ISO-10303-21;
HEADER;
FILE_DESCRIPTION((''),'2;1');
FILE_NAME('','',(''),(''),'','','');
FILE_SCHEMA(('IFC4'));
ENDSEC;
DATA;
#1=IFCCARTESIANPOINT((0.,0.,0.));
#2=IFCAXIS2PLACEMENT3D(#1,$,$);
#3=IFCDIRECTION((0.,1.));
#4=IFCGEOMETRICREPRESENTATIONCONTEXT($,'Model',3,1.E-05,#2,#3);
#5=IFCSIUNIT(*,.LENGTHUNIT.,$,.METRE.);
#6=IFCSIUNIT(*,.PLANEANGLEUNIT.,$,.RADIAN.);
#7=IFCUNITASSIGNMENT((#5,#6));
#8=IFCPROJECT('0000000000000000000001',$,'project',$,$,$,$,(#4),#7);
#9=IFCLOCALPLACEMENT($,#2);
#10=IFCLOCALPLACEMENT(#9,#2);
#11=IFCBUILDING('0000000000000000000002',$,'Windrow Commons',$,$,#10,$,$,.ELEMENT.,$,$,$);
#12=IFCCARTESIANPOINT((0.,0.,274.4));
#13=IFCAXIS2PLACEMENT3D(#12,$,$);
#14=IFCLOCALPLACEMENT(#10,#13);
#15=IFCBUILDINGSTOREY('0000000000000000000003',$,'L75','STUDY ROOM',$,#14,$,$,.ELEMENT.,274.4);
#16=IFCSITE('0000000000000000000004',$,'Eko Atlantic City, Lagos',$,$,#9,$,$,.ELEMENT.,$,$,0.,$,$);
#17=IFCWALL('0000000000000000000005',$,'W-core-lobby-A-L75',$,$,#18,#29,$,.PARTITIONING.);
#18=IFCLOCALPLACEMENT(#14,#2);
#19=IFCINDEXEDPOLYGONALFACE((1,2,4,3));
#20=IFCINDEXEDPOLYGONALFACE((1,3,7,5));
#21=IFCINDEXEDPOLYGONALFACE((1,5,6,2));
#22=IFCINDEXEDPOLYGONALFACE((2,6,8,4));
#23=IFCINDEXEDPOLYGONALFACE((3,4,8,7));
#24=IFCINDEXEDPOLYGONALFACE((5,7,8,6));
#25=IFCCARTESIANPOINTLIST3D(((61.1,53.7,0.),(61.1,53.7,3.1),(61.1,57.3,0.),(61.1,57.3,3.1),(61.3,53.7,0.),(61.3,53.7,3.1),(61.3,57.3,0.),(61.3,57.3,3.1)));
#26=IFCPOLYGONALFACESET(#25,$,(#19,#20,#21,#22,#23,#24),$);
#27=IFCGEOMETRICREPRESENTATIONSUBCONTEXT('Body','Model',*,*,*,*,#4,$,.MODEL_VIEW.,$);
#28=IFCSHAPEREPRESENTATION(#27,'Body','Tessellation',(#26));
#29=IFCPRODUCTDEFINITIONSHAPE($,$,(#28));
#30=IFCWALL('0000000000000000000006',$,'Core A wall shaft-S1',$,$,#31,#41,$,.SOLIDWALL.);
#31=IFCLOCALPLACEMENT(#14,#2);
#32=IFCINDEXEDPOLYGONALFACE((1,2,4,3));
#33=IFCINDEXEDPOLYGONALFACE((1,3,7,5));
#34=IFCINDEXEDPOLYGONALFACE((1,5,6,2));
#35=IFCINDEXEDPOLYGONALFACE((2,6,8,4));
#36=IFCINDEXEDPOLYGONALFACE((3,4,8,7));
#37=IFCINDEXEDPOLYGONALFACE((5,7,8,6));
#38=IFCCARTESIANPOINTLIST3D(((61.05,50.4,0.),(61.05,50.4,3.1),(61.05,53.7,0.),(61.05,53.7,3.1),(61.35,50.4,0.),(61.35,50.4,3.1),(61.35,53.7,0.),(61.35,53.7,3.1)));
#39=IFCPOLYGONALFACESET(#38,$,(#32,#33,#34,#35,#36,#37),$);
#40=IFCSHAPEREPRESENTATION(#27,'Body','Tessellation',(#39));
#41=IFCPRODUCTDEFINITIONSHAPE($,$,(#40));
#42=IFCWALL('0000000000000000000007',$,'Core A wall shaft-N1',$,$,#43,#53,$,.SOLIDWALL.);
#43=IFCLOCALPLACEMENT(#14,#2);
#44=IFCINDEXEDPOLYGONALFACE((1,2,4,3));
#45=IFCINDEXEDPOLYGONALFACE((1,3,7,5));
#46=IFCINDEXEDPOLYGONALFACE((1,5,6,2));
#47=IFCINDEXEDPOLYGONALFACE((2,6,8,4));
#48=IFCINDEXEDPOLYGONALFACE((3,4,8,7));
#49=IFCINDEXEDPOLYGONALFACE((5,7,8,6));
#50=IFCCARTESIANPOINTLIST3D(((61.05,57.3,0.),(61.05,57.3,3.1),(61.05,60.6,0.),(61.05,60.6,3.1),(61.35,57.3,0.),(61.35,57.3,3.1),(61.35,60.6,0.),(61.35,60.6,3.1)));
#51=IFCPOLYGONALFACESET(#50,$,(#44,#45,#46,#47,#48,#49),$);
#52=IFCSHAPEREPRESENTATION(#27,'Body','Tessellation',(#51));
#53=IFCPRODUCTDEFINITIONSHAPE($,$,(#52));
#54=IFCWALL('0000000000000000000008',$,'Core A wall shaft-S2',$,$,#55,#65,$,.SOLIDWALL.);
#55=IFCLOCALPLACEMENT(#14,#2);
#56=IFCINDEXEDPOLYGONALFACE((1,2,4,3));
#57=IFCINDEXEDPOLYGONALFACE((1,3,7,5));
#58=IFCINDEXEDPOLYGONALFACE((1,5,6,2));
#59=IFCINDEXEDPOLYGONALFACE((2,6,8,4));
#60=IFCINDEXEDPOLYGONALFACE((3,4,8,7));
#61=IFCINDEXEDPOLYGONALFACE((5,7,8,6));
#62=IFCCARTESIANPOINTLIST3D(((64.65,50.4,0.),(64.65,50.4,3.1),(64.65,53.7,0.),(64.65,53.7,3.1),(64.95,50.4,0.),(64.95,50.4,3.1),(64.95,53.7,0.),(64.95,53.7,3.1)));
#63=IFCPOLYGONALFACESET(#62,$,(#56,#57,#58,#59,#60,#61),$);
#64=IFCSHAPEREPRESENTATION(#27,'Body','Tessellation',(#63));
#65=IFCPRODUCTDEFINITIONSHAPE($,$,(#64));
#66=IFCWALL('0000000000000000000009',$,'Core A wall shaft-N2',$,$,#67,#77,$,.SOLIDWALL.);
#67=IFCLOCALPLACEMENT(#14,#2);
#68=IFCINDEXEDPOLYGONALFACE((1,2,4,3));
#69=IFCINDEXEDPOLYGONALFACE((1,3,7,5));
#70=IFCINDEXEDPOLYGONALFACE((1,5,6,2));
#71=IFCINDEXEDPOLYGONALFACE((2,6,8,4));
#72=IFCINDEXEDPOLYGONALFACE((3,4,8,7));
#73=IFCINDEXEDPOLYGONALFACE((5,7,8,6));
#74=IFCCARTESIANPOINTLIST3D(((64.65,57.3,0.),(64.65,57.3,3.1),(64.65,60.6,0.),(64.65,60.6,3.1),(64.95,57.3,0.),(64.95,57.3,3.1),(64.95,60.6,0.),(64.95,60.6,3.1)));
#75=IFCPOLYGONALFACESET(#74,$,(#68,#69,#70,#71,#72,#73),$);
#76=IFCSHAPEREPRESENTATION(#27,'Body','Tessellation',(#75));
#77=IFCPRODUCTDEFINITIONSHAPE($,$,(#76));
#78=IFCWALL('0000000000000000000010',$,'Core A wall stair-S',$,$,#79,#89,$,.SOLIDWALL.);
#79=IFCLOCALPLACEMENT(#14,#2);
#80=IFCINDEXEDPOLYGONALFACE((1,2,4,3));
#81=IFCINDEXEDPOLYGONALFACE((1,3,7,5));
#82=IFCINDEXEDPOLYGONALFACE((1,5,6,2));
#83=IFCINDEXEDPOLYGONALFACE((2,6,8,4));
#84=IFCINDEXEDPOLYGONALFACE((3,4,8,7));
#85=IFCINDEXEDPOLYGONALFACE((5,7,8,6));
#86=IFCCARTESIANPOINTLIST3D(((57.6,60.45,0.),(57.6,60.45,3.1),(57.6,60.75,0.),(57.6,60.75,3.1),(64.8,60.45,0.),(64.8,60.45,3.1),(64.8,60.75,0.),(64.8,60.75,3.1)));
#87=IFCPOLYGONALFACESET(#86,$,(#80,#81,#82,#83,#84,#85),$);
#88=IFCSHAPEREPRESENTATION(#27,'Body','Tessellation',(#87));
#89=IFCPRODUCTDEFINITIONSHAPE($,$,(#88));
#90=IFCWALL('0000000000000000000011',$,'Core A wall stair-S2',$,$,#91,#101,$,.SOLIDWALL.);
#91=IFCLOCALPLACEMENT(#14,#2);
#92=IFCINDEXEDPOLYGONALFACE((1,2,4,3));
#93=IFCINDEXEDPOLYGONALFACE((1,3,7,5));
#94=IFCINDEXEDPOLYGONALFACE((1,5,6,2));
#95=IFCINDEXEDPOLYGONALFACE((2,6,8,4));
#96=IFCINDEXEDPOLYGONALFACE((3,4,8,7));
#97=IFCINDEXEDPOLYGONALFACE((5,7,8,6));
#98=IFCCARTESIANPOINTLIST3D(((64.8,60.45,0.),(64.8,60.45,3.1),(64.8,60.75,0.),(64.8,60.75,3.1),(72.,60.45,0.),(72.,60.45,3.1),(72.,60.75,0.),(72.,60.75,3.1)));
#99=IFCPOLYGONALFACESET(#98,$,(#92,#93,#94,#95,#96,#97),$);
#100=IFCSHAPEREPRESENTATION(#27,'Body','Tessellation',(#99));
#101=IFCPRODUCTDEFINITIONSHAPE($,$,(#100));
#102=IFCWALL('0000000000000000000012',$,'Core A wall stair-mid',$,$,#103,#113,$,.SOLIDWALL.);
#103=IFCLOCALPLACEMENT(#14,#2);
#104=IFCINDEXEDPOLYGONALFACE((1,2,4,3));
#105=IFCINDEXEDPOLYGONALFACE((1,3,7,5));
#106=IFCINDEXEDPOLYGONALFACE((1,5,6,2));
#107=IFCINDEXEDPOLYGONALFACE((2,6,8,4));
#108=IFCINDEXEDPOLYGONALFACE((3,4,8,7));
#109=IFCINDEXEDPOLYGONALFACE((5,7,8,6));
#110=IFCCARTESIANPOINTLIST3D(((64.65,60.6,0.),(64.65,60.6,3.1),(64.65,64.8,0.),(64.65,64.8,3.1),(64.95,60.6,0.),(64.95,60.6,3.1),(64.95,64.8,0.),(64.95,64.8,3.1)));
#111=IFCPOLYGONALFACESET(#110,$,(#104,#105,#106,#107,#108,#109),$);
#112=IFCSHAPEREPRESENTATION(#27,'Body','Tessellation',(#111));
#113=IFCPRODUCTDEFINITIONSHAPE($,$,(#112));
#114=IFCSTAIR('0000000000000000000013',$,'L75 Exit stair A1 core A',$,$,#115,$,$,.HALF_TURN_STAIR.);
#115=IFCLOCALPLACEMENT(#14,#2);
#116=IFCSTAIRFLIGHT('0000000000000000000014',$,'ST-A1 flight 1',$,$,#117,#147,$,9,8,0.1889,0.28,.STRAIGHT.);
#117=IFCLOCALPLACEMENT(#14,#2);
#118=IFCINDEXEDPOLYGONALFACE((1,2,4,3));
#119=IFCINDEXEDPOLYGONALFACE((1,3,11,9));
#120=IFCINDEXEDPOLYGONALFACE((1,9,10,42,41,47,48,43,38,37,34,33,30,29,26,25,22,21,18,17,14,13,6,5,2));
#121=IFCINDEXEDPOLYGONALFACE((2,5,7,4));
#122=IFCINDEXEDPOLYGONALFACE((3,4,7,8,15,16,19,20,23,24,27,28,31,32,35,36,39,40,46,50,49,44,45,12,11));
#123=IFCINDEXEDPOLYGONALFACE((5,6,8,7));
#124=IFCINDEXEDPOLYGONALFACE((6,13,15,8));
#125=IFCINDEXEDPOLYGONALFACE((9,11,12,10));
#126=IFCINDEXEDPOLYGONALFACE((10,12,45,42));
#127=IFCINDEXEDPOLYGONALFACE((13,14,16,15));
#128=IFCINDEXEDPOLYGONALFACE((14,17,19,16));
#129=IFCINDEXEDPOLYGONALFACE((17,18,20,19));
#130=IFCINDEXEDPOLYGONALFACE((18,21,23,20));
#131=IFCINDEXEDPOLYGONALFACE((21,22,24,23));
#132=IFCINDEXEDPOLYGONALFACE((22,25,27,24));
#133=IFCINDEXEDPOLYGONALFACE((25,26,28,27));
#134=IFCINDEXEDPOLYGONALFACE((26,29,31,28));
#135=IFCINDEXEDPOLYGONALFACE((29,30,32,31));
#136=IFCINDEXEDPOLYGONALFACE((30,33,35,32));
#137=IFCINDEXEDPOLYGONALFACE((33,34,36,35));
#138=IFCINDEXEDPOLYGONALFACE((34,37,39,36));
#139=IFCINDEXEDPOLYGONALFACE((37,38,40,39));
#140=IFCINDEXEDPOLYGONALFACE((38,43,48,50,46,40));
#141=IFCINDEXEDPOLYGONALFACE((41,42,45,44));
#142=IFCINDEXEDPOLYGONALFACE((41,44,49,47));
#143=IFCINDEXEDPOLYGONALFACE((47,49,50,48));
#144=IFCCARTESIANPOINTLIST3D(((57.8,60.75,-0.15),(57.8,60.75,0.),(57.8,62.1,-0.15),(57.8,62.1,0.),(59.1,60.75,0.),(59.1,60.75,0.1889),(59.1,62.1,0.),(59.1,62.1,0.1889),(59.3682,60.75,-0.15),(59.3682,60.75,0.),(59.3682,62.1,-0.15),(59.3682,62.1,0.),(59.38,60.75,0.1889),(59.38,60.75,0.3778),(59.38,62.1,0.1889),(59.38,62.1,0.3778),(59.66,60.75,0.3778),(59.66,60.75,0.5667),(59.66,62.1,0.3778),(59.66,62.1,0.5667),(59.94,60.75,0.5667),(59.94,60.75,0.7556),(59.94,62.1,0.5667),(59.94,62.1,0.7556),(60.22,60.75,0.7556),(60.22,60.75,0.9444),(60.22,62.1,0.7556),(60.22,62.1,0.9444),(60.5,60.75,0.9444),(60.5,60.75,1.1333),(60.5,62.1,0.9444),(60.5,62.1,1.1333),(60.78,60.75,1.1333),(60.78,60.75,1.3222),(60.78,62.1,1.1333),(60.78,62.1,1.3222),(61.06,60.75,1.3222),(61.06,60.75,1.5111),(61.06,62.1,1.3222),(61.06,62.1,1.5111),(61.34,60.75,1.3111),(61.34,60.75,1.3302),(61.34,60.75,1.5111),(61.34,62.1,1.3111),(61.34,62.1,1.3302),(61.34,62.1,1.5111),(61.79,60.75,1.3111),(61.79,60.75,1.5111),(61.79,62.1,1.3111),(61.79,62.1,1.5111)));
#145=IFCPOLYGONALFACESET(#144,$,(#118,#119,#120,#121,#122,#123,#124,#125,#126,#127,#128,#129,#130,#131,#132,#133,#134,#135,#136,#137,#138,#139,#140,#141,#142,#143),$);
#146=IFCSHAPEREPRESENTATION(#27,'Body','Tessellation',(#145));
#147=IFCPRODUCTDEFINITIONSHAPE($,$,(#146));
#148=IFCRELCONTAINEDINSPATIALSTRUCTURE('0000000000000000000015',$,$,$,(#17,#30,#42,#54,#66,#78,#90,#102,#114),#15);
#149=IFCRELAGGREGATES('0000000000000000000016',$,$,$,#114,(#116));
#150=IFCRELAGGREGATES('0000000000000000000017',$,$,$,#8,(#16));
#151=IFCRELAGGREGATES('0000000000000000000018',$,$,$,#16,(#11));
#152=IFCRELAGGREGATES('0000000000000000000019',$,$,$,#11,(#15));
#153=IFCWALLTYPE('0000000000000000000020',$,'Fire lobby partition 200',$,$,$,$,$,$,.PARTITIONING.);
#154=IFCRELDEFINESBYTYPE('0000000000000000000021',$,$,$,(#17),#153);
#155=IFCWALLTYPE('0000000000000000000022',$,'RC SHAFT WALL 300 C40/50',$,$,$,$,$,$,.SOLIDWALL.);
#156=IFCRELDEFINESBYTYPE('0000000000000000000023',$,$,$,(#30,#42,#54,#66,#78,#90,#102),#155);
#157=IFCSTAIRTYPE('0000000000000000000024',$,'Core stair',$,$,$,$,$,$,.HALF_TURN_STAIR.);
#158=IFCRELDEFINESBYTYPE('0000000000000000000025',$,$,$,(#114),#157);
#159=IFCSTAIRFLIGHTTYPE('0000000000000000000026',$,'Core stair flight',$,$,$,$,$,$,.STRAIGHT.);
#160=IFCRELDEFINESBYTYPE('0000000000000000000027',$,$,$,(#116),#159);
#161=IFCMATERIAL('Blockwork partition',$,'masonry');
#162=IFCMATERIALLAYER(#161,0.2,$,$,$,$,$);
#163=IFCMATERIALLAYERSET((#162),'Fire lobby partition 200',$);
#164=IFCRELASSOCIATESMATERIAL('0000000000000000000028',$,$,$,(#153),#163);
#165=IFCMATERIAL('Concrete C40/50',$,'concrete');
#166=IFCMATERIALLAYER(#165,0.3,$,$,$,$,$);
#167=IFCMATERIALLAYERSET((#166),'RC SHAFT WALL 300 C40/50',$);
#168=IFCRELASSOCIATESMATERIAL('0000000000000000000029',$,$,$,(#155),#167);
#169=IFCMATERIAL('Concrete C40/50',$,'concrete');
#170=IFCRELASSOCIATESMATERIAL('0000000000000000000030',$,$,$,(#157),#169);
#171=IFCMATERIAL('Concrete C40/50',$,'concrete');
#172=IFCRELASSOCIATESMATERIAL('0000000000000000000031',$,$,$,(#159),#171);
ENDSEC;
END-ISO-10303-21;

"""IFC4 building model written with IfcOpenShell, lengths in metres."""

from ifc_helpers import new_model, si_unit, direction, frame, frame_2d, origin, place, context, subcontext, project, spatial, polyline, rectangle, outline, extrude, material, layer, layer_set, type_object, element, aggregate, save


model = new_model("IFC4")

# Units and contexts
model_context = context("Model", 3, precision=1e-05, world=origin(), true_north=direction((0.0, 1.0)))
body_context = subcontext(model_context, "Body", "Model", "MODEL_VIEW")
ifc_project = project(units=[si_unit("LENGTHUNIT", "METRE"), si_unit("PLANEANGLEUNIT", "RADIAN")], contexts=[model_context])

# Site, building, storey
site_placement = place(None, origin())
site = spatial("IfcSite", under=ifc_project, at=site_placement, Name="Eko Atlantic City, Lagos", CompositionType="ELEMENT", RefElevation=0.0)
building_placement = place(site_placement, origin())
building = spatial("IfcBuilding", under=site, at=building_placement, Name="Windrow Commons", CompositionType="ELEMENT")
storey_placement = place(building_placement, frame((0.0, 0.0, 274.4)))
storey = spatial("IfcBuildingStorey", under=building, at=storey_placement, Name="L75", Description="STUDY ROOM", CompositionType="ELEMENT", Elevation=274.4)

# Walls
ifc_material_1 = material(Name="Blockwork partition", Category="masonry")
ifc_layer_1 = layer(ifc_material_1, 0.2)
ifc_layer_set_1 = layer_set([ifc_layer_1], Name="Fire lobby partition 200")
wall_type_1 = type_object("IfcWallType", Name="Fire lobby partition 200", PredefinedType="PARTITIONING", material=ifc_layer_set_1)
wall_1_placement = place(storey_placement, frame((61.2, 53.7, 0.0), z_axis=(0.0, 0.0, 1.0), x_axis=(0.0, 1.0, 0.0)))
element("IfcWall", 1, at=wall_1_placement, inside=storey, type_object=wall_type_1, Name="W-core-lobby-A-L75", PredefinedType="PARTITIONING", context=body_context, shape_type="SweptSolid", body=[
    extrude(rectangle(XDim=3.6, YDim=0.2, at=frame_2d((1.8, 0.0))), origin(), (0.0, 0.0, 1.0), 3.1),
])
ifc_material_2 = material(Name="Concrete C40/50", Category="concrete")
ifc_layer_2 = layer(ifc_material_2, 0.3)
ifc_layer_set_2 = layer_set([ifc_layer_2], Name="RC SHAFT WALL 300 C40/50")
wall_type_2 = type_object("IfcWallType", Name="RC SHAFT WALL 300 C40/50", PredefinedType="SOLIDWALL", material=ifc_layer_set_2)
for number, where, z_axis, x_axis, name in (
    (2, (61.2, 50.4, 0.0), (0.0, 0.0, 1.0), (0.0, 1.0, 0.0), "Core A wall shaft-S1"),
    (3, (61.2, 57.3, 0.0), (0.0, 0.0, 1.0), (0.0, 1.0, 0.0), "Core A wall shaft-N1"),
    (4, (64.8, 50.4, 0.0), (0.0, 0.0, 1.0), (0.0, 1.0, 0.0), "Core A wall shaft-S2"),
    (5, (64.8, 57.3, 0.0), (0.0, 0.0, 1.0), (0.0, 1.0, 0.0), "Core A wall shaft-N2"),
):
    element("IfcWall", number, at=place(storey_placement, frame(where, z_axis=z_axis, x_axis=x_axis)), inside=storey, type_object=wall_type_2, Name=name, PredefinedType="SOLIDWALL", context=body_context, shape_type="SweptSolid", body=[
        extrude(rectangle(XDim=3.3, YDim=0.3, at=frame_2d((1.65, 0.0))), origin(), (0.0, 0.0, 1.0), 3.1),
    ])
for number, where, z_axis, x_axis, name in (
    (6, (57.6, 60.6, 0.0), (0.0, 0.0, 1.0), (1.0, 0.0, 0.0), "Core A wall stair-S"),
    (7, (64.8, 60.6, 0.0), (0.0, 0.0, 1.0), (1.0, 0.0, 0.0), "Core A wall stair-S2"),
):
    element("IfcWall", number, at=place(storey_placement, frame(where, z_axis=z_axis, x_axis=x_axis)), inside=storey, type_object=wall_type_2, Name=name, PredefinedType="SOLIDWALL", context=body_context, shape_type="SweptSolid", body=[
        extrude(rectangle(XDim=7.2, YDim=0.3, at=frame_2d((3.6, 0.0))), origin(), (0.0, 0.0, 1.0), 3.1),
    ])
wall_2_placement = place(storey_placement, frame((64.8, 60.6, 0.0), z_axis=(0.0, 0.0, 1.0), x_axis=(0.0, 1.0, 0.0)))
element("IfcWall", 8, at=wall_2_placement, inside=storey, type_object=wall_type_2, Name="Core A wall stair-mid", PredefinedType="SOLIDWALL", context=body_context, shape_type="SweptSolid", body=[
    extrude(rectangle(XDim=4.2, YDim=0.3, at=frame_2d((2.1, 0.0))), origin(), (0.0, 0.0, 1.0), 3.1),
])

# Stair, stair flight
ifc_material_3 = material(Name="Concrete C40/50", Category="concrete")
stair_type = type_object("IfcStairType", Name="Core stair", PredefinedType="HALF_TURN_STAIR", material=ifc_material_3)
stair_placement = place(storey_placement, origin())
stair = element("IfcStair", 9, at=stair_placement, inside=storey, type_object=stair_type, Name="L75 Exit stair A1 core A", PredefinedType="HALF_TURN_STAIR")
ifc_material_4 = material(Name="Concrete C40/50", Category="concrete")
stair_flight_type = type_object("IfcStairFlightType", Name="Core stair flight", PredefinedType="STRAIGHT", material=ifc_material_4)
stair_flight_placement = place(storey_placement, frame((59.1, 61.425, 0.0), z_axis=(0.0, 0.0, 1.0), x_axis=(1.0, 0.0, 0.0)))
stair_flight = element("IfcStairFlight", 10, at=stair_flight_placement, type_object=stair_flight_type, Name="ST-A1 flight 1", NumberOfRisers=9, NumberOfTreads=8, PredefinedType="STRAIGHT", RiserHeight=0.1889, TreadLength=0.28, context=body_context, shape_type="SweptSolid", body=[
    extrude(outline(polyline([(-1.3, -0.15), (-1.3, 0.0), (0.0, 0.0), (0.0, 0.1889), (0.28, 0.1889), (0.28, 0.3778), (0.56, 0.3778), (0.56, 0.5667), (0.84, 0.5667), (0.84, 0.7556), (1.12, 0.7556), (1.12, 0.9444), (1.4, 0.9444), (1.4, 1.1333), (1.68, 1.1333), (1.68, 1.3222), (1.96, 1.3222), (1.96, 1.5111), (2.24, 1.5111), (2.69, 1.5111), (2.69, 1.3111), (2.24, 1.3111), (2.24, 1.3302), (0.2682, 0.0), (0.2682, -0.15), (-1.3, -0.15)])), frame((0.0, 0.675, 0.0), z_axis=(0.0, -1.0, 0.0), x_axis=(1.0, 0.0, 0.0)), (0.0, 0.0, 1.0), 1.35),
])
aggregate(stair, [stair_flight])

save(model, "model.ifc")
